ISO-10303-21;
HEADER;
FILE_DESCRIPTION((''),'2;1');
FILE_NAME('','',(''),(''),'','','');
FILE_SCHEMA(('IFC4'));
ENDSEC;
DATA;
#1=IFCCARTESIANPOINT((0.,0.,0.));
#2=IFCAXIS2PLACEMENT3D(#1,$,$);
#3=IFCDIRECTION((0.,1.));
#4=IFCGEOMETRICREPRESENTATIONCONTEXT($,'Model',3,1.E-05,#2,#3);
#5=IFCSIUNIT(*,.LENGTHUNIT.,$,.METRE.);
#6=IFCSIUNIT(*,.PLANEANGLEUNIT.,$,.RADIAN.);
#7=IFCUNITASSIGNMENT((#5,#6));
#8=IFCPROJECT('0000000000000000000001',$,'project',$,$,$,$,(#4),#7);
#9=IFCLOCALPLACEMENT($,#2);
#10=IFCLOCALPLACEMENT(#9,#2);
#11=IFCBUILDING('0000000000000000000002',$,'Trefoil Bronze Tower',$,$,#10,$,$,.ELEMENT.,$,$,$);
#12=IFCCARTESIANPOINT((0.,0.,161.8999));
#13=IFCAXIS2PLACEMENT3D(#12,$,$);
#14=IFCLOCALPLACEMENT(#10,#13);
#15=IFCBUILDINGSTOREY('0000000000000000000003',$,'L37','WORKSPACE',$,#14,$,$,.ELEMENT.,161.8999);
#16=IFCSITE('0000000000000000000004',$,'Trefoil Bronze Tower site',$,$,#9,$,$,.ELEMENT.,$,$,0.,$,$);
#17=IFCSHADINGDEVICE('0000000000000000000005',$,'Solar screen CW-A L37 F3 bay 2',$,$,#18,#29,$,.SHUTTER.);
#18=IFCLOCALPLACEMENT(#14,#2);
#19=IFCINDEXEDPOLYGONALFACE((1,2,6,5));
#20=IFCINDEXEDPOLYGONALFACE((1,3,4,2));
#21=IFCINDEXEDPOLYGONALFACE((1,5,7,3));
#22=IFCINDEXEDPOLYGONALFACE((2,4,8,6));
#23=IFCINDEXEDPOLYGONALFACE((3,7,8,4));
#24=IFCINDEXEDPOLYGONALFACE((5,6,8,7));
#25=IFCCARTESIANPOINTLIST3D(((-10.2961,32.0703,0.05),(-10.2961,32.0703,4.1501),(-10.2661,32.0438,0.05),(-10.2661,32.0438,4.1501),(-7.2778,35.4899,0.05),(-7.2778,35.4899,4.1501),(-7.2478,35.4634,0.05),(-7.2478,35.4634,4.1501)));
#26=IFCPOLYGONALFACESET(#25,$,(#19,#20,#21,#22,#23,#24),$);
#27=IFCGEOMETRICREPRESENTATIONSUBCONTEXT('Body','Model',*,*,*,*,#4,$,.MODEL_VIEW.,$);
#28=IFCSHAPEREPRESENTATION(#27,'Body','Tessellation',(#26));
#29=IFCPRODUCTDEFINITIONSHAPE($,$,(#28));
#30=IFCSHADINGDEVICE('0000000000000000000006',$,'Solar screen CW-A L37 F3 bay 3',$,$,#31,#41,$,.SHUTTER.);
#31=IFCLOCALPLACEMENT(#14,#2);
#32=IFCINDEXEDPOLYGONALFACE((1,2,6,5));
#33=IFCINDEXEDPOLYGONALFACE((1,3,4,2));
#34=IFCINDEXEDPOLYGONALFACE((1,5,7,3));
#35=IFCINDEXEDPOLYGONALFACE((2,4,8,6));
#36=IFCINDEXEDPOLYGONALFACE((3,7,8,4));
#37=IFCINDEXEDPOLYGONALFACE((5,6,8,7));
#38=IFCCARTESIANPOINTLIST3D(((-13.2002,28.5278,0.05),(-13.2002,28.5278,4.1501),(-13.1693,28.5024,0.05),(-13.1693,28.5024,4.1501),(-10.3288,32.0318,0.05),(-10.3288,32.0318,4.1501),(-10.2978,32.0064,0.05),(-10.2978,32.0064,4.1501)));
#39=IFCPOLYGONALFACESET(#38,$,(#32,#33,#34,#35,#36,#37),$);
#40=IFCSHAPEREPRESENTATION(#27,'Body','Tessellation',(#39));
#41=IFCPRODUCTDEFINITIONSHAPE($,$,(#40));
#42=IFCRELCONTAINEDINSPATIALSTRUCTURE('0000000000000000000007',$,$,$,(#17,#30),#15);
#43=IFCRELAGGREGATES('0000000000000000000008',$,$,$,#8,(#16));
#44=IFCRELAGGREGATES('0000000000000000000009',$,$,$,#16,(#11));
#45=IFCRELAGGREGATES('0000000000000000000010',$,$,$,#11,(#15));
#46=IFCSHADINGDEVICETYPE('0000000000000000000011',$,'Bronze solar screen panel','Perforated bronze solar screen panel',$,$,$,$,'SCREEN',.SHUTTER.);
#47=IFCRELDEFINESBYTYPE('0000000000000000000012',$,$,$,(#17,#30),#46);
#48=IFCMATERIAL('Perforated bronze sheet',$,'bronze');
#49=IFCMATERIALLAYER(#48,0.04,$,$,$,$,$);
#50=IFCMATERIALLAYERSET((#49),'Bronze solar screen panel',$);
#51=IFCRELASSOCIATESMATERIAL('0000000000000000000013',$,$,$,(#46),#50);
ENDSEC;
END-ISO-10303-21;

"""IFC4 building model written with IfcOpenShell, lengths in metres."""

from ifc_helpers import new_model, si_unit, direction, frame, origin, origin_2d, place, context, subcontext, project, spatial, rectangle, extrude, material, layer, layer_set, type_object, element, save


model = new_model("IFC4")

# Units and contexts
model_context = context("Model", 3, precision=1e-05, world=origin(), true_north=direction((0.0, 1.0)))
body_context = subcontext(model_context, "Body", "Model", "MODEL_VIEW")
ifc_project = project(units=[si_unit("LENGTHUNIT", "METRE"), si_unit("PLANEANGLEUNIT", "RADIAN")], contexts=[model_context])

# Site, building, storey
site_placement = place(None, origin())
site = spatial("IfcSite", under=ifc_project, at=site_placement, Name="Trefoil Bronze Tower site", CompositionType="ELEMENT", RefElevation=0.0)
building_placement = place(site_placement, origin())
building = spatial("IfcBuilding", under=site, at=building_placement, Name="Trefoil Bronze Tower", CompositionType="ELEMENT")
storey_placement = place(building_placement, frame((0.0, 0.0, 161.8999)))
storey = spatial("IfcBuildingStorey", under=building, at=storey_placement, Name="L37", Description="WORKSPACE", CompositionType="ELEMENT", Elevation=161.8999)

# Shading devices
ifc_material_1 = material(Name="Perforated bronze sheet", Category="bronze")
ifc_layer_1 = layer(ifc_material_1, 0.04)
ifc_layer_set_1 = layer_set([ifc_layer_1], Name="Bronze solar screen panel")
shading_device_type = type_object("IfcShadingDeviceType", Name="Bronze solar screen panel", Description="Perforated bronze solar screen panel", ElementType="SCREEN", PredefinedType="SHUTTER", material=ifc_layer_set_1)
shading_device_1_placement = place(storey_placement, frame((-8.772, 33.7668, 0.05), z_axis=(0.0, 0.0, 1.0), x_axis=(-0.661751, -0.749723, 0.0)))
element("IfcShadingDevice", 1, at=shading_device_1_placement, inside=storey, type_object=shading_device_type, Name="Solar screen CW-A L37 F3 bay 2", PredefinedType="SHUTTER", context=body_context, shape_type="SweptSolid", body=[
    extrude(rectangle(XDim=4.561, YDim=0.04, at=origin_2d()), origin(), (0.0, 0.0, 1.0), 4.1001),
])
shading_device_2_placement = place(storey_placement, frame((-11.749, 30.2671, 0.05), z_axis=(0.0, 0.0, 1.0), x_axis=(-0.63384, -0.773464, 0.0)))
element("IfcShadingDevice", 2, at=shading_device_2_placement, inside=storey, type_object=shading_device_type, Name="Solar screen CW-A L37 F3 bay 3", PredefinedType="SHUTTER", context=body_context, shape_type="SweptSolid", body=[
    extrude(rectangle(XDim=4.5303, YDim=0.04, at=origin_2d()), origin(), (0.0, 0.0, 1.0), 4.1001),
])

save(model, "model.ifc")
